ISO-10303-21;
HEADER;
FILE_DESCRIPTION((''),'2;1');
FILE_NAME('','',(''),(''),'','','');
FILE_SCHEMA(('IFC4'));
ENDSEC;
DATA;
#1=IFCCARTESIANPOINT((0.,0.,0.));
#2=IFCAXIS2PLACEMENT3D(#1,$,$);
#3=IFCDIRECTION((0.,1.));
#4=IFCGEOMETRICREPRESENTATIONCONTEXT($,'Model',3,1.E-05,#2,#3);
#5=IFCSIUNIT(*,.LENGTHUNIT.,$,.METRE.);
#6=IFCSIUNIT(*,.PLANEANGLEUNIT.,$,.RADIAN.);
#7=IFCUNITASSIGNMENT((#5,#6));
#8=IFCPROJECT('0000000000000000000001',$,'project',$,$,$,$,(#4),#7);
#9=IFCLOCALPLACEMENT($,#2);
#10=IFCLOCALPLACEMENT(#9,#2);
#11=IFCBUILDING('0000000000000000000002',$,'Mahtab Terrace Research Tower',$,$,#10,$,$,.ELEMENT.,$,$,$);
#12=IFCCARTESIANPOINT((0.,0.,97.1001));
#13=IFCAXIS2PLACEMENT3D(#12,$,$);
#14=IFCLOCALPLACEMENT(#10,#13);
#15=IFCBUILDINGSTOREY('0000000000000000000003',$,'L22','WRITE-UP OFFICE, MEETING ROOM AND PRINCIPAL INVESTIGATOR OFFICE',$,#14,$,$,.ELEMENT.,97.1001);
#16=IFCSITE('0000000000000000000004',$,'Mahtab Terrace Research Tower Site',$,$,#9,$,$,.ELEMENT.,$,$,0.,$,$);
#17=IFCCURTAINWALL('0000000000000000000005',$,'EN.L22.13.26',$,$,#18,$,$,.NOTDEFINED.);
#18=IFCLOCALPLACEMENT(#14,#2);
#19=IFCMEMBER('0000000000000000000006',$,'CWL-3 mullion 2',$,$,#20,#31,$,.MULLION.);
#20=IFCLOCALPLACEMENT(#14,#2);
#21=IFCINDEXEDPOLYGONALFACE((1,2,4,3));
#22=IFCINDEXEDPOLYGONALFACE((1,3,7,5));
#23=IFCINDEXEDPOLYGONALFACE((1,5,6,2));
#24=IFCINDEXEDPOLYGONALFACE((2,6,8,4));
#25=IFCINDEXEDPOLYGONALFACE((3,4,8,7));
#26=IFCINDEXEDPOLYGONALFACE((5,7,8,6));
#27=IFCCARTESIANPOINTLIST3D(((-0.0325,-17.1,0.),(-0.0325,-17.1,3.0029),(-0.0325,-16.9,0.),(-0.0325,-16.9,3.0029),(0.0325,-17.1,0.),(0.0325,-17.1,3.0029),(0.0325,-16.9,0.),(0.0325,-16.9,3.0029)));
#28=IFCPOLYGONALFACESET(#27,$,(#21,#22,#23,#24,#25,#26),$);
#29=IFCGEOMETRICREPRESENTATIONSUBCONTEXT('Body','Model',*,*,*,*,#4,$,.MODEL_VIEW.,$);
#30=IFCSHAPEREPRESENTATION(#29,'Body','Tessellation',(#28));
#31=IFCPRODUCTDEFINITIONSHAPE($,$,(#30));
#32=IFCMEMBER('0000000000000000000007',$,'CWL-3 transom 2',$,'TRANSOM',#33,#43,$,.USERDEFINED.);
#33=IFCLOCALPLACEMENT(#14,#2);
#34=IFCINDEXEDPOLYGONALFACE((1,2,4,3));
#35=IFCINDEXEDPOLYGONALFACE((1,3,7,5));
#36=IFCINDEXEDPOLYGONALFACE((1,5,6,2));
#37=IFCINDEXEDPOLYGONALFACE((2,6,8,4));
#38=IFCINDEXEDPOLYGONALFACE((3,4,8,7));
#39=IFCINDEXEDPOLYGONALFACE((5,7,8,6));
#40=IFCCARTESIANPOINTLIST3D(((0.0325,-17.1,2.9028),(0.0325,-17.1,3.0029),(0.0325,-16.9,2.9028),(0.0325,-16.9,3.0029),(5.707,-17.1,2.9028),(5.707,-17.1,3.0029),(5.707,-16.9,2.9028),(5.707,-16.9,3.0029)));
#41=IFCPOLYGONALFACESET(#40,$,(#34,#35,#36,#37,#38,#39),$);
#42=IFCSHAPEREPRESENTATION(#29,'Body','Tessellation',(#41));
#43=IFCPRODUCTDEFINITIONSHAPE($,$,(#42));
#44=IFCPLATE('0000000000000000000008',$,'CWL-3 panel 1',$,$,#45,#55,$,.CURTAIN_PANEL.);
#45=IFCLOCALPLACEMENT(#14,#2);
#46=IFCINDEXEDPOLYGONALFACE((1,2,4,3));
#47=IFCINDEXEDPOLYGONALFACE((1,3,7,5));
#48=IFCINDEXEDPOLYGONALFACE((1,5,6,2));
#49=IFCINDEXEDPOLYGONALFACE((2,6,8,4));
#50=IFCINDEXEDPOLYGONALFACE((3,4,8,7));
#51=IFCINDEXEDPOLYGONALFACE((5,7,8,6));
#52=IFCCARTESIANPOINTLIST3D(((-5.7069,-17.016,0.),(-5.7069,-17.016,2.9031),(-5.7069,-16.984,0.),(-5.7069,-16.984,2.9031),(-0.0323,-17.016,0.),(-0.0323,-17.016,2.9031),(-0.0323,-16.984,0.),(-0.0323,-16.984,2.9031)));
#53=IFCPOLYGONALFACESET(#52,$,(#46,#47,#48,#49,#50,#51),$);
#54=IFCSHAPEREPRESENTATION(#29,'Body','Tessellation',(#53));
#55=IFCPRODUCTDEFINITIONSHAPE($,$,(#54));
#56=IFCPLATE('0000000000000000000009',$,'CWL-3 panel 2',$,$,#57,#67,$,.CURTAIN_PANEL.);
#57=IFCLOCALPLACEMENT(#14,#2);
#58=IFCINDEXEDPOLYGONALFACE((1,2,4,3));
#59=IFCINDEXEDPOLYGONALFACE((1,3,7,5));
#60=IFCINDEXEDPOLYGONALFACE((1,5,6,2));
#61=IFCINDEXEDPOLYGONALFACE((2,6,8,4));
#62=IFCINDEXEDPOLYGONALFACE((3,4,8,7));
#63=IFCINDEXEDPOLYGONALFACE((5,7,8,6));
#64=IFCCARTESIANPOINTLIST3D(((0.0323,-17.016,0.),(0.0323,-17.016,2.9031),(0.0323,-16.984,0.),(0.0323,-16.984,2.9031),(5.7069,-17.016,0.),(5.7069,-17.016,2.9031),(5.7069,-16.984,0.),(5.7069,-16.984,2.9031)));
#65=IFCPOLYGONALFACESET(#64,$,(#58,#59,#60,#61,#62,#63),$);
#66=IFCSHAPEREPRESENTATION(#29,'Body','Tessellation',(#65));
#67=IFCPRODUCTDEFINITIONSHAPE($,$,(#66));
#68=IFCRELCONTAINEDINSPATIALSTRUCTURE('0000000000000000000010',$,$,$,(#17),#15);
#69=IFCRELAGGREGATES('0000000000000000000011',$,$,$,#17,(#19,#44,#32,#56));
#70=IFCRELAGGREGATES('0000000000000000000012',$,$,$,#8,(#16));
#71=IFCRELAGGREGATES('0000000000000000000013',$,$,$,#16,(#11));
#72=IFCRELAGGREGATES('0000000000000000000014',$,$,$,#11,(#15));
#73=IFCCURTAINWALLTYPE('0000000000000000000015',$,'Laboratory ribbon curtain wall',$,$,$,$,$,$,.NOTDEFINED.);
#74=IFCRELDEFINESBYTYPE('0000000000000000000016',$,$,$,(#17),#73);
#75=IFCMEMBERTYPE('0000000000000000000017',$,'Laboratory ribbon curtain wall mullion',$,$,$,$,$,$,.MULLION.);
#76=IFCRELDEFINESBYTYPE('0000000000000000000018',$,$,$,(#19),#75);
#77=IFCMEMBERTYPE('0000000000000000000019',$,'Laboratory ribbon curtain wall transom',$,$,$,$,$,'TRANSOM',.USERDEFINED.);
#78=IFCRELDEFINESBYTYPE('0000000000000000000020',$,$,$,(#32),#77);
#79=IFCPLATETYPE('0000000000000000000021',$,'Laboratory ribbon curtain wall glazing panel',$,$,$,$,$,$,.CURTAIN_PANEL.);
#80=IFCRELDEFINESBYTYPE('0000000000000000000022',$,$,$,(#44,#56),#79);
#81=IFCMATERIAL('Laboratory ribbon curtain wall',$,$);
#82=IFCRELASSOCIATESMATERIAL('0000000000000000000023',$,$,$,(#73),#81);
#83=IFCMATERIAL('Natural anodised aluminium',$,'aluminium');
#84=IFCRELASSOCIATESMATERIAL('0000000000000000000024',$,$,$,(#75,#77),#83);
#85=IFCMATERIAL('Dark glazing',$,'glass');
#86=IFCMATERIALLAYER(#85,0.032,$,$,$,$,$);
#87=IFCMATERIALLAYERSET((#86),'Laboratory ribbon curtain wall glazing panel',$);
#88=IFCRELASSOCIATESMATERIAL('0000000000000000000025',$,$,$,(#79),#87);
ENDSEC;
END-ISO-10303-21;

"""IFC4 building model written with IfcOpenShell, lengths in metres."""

from ifc_helpers import new_model, si_unit, direction, frame, origin, origin_2d, place, context, subcontext, project, spatial, rectangle, extrude, material, layer, layer_set, material_profile, profile_set, type_object, element, aggregate, save


model = new_model("IFC4")

# Units and contexts
model_context = context("Model", 3, precision=1e-05, world=origin(), true_north=direction((0.0, 1.0)))
body_context = subcontext(model_context, "Body", "Model", "MODEL_VIEW")
ifc_project = project(units=[si_unit("LENGTHUNIT", "METRE"), si_unit("PLANEANGLEUNIT", "RADIAN")], contexts=[model_context])

# Site, building, storey
site_placement = place(None, origin())
site = spatial("IfcSite", under=ifc_project, at=site_placement, Name="Mahtab Terrace Research Tower Site", CompositionType="ELEMENT", RefElevation=0.0)
building_placement = place(site_placement, origin())
building = spatial("IfcBuilding", under=site, at=building_placement, Name="Mahtab Terrace Research Tower", CompositionType="ELEMENT")
storey_placement = place(building_placement, frame((0.0, 0.0, 97.1001)))
storey = spatial("IfcBuildingStorey", under=building, at=storey_placement, Name="L22", Description="WRITE-UP OFFICE, MEETING ROOM AND PRINCIPAL INVESTIGATOR OFFICE", CompositionType="ELEMENT", Elevation=97.1001)

# Curtain wall, members, plates
ifc_material_1 = material(Name="Laboratory ribbon curtain wall")
curtain_wall_type = type_object("IfcCurtainWallType", Name="Laboratory ribbon curtain wall", PredefinedType="NOTDEFINED", material=ifc_material_1)
curtain_wall_placement = place(storey_placement, origin())
curtain_wall = element("IfcCurtainWall", 1, at=curtain_wall_placement, inside=storey, type_object=curtain_wall_type, Name="EN.L22.13.26", PredefinedType="NOTDEFINED")
ifc_material_2 = material(Name="Natural anodised aluminium", Category="aluminium")
ifc_material_profile_1 = material_profile(ifc_material_2, rectangle(XDim=0.2, YDim=0.0649, at=origin_2d()), Name="MULLION 65x200")
ifc_profile_set_1 = profile_set([ifc_material_profile_1], Name="Natural anodised aluminium")
member_type_1 = type_object("IfcMemberType", Name="Laboratory ribbon curtain wall mullion", PredefinedType="MULLION", material=ifc_profile_set_1)
member_1_placement = place(storey_placement, frame((0.0, -17.0, 0.0), z_axis=(0.0, 0.0, 1.0), x_axis=(0.0, 1.0, 0.0)))
member_1 = element("IfcMember", 2, at=member_1_placement, type_object=member_type_1, Name="CWL-3 mullion 2", PredefinedType="MULLION", context=body_context, shape_type="SweptSolid", body=[
    extrude(rectangle(XDim=0.2, YDim=0.0649, at=origin_2d()), origin(), (0.0, 0.0, 1.0), 3.0029),
])
ifc_material_profile_2 = material_profile(ifc_material_2, rectangle(XDim=0.2, YDim=0.1001, at=origin_2d()), Name="TRANSOM 100x200")
ifc_profile_set_2 = profile_set([ifc_material_profile_2], Name="Natural anodised aluminium")
member_type_2 = type_object("IfcMemberType", Name="Laboratory ribbon curtain wall transom", ElementType="TRANSOM", PredefinedType="USERDEFINED", material=ifc_profile_set_2)
member_2_placement = place(storey_placement, frame((0.0325, -17.0, 2.9529), z_axis=(1.0, 0.0, 0.0), x_axis=(0.0, 1.0, 0.0)))
member_2 = element("IfcMember", 3, at=member_2_placement, type_object=member_type_2, Name="CWL-3 transom 2", ObjectType="TRANSOM", PredefinedType="USERDEFINED", context=body_context, shape_type="SweptSolid", body=[
    extrude(rectangle(XDim=0.2, YDim=0.1001, at=origin_2d()), origin(), (0.0, 0.0, 1.0), 5.6746),
])
ifc_material_3 = material(Name="Dark glazing", Category="glass")
ifc_layer_1 = layer(ifc_material_3, 0.032)
ifc_layer_set_1 = layer_set([ifc_layer_1], Name="Laboratory ribbon curtain wall glazing panel")
plate_type = type_object("IfcPlateType", Name="Laboratory ribbon curtain wall glazing panel", PredefinedType="CURTAIN_PANEL", material=ifc_layer_set_1)
plate_1_placement = place(storey_placement, frame((-2.8696, -17.0, 0.0), z_axis=(0.0, 0.0, 1.0), x_axis=(1.0, 0.0, 0.0)))
plate_1 = element("IfcPlate", 4, at=plate_1_placement, type_object=plate_type, Name="CWL-3 panel 1", PredefinedType="CURTAIN_PANEL", context=body_context, shape_type="SweptSolid", body=[
    extrude(rectangle(XDim=5.6746, YDim=0.032, at=origin_2d()), origin(), (0.0, 0.0, 1.0), 2.9031),
])
plate_2_placement = place(storey_placement, frame((2.8696, -17.0, 0.0), z_axis=(0.0, 0.0, 1.0), x_axis=(1.0, 0.0, 0.0)))
plate_2 = element("IfcPlate", 5, at=plate_2_placement, type_object=plate_type, Name="CWL-3 panel 2", PredefinedType="CURTAIN_PANEL", context=body_context, shape_type="SweptSolid", body=[
    extrude(rectangle(XDim=5.6746, YDim=0.032, at=origin_2d()), origin(), (0.0, 0.0, 1.0), 2.9031),
])
aggregate(curtain_wall, [member_1, plate_1, member_2, plate_2])

save(model, "model.ifc")
